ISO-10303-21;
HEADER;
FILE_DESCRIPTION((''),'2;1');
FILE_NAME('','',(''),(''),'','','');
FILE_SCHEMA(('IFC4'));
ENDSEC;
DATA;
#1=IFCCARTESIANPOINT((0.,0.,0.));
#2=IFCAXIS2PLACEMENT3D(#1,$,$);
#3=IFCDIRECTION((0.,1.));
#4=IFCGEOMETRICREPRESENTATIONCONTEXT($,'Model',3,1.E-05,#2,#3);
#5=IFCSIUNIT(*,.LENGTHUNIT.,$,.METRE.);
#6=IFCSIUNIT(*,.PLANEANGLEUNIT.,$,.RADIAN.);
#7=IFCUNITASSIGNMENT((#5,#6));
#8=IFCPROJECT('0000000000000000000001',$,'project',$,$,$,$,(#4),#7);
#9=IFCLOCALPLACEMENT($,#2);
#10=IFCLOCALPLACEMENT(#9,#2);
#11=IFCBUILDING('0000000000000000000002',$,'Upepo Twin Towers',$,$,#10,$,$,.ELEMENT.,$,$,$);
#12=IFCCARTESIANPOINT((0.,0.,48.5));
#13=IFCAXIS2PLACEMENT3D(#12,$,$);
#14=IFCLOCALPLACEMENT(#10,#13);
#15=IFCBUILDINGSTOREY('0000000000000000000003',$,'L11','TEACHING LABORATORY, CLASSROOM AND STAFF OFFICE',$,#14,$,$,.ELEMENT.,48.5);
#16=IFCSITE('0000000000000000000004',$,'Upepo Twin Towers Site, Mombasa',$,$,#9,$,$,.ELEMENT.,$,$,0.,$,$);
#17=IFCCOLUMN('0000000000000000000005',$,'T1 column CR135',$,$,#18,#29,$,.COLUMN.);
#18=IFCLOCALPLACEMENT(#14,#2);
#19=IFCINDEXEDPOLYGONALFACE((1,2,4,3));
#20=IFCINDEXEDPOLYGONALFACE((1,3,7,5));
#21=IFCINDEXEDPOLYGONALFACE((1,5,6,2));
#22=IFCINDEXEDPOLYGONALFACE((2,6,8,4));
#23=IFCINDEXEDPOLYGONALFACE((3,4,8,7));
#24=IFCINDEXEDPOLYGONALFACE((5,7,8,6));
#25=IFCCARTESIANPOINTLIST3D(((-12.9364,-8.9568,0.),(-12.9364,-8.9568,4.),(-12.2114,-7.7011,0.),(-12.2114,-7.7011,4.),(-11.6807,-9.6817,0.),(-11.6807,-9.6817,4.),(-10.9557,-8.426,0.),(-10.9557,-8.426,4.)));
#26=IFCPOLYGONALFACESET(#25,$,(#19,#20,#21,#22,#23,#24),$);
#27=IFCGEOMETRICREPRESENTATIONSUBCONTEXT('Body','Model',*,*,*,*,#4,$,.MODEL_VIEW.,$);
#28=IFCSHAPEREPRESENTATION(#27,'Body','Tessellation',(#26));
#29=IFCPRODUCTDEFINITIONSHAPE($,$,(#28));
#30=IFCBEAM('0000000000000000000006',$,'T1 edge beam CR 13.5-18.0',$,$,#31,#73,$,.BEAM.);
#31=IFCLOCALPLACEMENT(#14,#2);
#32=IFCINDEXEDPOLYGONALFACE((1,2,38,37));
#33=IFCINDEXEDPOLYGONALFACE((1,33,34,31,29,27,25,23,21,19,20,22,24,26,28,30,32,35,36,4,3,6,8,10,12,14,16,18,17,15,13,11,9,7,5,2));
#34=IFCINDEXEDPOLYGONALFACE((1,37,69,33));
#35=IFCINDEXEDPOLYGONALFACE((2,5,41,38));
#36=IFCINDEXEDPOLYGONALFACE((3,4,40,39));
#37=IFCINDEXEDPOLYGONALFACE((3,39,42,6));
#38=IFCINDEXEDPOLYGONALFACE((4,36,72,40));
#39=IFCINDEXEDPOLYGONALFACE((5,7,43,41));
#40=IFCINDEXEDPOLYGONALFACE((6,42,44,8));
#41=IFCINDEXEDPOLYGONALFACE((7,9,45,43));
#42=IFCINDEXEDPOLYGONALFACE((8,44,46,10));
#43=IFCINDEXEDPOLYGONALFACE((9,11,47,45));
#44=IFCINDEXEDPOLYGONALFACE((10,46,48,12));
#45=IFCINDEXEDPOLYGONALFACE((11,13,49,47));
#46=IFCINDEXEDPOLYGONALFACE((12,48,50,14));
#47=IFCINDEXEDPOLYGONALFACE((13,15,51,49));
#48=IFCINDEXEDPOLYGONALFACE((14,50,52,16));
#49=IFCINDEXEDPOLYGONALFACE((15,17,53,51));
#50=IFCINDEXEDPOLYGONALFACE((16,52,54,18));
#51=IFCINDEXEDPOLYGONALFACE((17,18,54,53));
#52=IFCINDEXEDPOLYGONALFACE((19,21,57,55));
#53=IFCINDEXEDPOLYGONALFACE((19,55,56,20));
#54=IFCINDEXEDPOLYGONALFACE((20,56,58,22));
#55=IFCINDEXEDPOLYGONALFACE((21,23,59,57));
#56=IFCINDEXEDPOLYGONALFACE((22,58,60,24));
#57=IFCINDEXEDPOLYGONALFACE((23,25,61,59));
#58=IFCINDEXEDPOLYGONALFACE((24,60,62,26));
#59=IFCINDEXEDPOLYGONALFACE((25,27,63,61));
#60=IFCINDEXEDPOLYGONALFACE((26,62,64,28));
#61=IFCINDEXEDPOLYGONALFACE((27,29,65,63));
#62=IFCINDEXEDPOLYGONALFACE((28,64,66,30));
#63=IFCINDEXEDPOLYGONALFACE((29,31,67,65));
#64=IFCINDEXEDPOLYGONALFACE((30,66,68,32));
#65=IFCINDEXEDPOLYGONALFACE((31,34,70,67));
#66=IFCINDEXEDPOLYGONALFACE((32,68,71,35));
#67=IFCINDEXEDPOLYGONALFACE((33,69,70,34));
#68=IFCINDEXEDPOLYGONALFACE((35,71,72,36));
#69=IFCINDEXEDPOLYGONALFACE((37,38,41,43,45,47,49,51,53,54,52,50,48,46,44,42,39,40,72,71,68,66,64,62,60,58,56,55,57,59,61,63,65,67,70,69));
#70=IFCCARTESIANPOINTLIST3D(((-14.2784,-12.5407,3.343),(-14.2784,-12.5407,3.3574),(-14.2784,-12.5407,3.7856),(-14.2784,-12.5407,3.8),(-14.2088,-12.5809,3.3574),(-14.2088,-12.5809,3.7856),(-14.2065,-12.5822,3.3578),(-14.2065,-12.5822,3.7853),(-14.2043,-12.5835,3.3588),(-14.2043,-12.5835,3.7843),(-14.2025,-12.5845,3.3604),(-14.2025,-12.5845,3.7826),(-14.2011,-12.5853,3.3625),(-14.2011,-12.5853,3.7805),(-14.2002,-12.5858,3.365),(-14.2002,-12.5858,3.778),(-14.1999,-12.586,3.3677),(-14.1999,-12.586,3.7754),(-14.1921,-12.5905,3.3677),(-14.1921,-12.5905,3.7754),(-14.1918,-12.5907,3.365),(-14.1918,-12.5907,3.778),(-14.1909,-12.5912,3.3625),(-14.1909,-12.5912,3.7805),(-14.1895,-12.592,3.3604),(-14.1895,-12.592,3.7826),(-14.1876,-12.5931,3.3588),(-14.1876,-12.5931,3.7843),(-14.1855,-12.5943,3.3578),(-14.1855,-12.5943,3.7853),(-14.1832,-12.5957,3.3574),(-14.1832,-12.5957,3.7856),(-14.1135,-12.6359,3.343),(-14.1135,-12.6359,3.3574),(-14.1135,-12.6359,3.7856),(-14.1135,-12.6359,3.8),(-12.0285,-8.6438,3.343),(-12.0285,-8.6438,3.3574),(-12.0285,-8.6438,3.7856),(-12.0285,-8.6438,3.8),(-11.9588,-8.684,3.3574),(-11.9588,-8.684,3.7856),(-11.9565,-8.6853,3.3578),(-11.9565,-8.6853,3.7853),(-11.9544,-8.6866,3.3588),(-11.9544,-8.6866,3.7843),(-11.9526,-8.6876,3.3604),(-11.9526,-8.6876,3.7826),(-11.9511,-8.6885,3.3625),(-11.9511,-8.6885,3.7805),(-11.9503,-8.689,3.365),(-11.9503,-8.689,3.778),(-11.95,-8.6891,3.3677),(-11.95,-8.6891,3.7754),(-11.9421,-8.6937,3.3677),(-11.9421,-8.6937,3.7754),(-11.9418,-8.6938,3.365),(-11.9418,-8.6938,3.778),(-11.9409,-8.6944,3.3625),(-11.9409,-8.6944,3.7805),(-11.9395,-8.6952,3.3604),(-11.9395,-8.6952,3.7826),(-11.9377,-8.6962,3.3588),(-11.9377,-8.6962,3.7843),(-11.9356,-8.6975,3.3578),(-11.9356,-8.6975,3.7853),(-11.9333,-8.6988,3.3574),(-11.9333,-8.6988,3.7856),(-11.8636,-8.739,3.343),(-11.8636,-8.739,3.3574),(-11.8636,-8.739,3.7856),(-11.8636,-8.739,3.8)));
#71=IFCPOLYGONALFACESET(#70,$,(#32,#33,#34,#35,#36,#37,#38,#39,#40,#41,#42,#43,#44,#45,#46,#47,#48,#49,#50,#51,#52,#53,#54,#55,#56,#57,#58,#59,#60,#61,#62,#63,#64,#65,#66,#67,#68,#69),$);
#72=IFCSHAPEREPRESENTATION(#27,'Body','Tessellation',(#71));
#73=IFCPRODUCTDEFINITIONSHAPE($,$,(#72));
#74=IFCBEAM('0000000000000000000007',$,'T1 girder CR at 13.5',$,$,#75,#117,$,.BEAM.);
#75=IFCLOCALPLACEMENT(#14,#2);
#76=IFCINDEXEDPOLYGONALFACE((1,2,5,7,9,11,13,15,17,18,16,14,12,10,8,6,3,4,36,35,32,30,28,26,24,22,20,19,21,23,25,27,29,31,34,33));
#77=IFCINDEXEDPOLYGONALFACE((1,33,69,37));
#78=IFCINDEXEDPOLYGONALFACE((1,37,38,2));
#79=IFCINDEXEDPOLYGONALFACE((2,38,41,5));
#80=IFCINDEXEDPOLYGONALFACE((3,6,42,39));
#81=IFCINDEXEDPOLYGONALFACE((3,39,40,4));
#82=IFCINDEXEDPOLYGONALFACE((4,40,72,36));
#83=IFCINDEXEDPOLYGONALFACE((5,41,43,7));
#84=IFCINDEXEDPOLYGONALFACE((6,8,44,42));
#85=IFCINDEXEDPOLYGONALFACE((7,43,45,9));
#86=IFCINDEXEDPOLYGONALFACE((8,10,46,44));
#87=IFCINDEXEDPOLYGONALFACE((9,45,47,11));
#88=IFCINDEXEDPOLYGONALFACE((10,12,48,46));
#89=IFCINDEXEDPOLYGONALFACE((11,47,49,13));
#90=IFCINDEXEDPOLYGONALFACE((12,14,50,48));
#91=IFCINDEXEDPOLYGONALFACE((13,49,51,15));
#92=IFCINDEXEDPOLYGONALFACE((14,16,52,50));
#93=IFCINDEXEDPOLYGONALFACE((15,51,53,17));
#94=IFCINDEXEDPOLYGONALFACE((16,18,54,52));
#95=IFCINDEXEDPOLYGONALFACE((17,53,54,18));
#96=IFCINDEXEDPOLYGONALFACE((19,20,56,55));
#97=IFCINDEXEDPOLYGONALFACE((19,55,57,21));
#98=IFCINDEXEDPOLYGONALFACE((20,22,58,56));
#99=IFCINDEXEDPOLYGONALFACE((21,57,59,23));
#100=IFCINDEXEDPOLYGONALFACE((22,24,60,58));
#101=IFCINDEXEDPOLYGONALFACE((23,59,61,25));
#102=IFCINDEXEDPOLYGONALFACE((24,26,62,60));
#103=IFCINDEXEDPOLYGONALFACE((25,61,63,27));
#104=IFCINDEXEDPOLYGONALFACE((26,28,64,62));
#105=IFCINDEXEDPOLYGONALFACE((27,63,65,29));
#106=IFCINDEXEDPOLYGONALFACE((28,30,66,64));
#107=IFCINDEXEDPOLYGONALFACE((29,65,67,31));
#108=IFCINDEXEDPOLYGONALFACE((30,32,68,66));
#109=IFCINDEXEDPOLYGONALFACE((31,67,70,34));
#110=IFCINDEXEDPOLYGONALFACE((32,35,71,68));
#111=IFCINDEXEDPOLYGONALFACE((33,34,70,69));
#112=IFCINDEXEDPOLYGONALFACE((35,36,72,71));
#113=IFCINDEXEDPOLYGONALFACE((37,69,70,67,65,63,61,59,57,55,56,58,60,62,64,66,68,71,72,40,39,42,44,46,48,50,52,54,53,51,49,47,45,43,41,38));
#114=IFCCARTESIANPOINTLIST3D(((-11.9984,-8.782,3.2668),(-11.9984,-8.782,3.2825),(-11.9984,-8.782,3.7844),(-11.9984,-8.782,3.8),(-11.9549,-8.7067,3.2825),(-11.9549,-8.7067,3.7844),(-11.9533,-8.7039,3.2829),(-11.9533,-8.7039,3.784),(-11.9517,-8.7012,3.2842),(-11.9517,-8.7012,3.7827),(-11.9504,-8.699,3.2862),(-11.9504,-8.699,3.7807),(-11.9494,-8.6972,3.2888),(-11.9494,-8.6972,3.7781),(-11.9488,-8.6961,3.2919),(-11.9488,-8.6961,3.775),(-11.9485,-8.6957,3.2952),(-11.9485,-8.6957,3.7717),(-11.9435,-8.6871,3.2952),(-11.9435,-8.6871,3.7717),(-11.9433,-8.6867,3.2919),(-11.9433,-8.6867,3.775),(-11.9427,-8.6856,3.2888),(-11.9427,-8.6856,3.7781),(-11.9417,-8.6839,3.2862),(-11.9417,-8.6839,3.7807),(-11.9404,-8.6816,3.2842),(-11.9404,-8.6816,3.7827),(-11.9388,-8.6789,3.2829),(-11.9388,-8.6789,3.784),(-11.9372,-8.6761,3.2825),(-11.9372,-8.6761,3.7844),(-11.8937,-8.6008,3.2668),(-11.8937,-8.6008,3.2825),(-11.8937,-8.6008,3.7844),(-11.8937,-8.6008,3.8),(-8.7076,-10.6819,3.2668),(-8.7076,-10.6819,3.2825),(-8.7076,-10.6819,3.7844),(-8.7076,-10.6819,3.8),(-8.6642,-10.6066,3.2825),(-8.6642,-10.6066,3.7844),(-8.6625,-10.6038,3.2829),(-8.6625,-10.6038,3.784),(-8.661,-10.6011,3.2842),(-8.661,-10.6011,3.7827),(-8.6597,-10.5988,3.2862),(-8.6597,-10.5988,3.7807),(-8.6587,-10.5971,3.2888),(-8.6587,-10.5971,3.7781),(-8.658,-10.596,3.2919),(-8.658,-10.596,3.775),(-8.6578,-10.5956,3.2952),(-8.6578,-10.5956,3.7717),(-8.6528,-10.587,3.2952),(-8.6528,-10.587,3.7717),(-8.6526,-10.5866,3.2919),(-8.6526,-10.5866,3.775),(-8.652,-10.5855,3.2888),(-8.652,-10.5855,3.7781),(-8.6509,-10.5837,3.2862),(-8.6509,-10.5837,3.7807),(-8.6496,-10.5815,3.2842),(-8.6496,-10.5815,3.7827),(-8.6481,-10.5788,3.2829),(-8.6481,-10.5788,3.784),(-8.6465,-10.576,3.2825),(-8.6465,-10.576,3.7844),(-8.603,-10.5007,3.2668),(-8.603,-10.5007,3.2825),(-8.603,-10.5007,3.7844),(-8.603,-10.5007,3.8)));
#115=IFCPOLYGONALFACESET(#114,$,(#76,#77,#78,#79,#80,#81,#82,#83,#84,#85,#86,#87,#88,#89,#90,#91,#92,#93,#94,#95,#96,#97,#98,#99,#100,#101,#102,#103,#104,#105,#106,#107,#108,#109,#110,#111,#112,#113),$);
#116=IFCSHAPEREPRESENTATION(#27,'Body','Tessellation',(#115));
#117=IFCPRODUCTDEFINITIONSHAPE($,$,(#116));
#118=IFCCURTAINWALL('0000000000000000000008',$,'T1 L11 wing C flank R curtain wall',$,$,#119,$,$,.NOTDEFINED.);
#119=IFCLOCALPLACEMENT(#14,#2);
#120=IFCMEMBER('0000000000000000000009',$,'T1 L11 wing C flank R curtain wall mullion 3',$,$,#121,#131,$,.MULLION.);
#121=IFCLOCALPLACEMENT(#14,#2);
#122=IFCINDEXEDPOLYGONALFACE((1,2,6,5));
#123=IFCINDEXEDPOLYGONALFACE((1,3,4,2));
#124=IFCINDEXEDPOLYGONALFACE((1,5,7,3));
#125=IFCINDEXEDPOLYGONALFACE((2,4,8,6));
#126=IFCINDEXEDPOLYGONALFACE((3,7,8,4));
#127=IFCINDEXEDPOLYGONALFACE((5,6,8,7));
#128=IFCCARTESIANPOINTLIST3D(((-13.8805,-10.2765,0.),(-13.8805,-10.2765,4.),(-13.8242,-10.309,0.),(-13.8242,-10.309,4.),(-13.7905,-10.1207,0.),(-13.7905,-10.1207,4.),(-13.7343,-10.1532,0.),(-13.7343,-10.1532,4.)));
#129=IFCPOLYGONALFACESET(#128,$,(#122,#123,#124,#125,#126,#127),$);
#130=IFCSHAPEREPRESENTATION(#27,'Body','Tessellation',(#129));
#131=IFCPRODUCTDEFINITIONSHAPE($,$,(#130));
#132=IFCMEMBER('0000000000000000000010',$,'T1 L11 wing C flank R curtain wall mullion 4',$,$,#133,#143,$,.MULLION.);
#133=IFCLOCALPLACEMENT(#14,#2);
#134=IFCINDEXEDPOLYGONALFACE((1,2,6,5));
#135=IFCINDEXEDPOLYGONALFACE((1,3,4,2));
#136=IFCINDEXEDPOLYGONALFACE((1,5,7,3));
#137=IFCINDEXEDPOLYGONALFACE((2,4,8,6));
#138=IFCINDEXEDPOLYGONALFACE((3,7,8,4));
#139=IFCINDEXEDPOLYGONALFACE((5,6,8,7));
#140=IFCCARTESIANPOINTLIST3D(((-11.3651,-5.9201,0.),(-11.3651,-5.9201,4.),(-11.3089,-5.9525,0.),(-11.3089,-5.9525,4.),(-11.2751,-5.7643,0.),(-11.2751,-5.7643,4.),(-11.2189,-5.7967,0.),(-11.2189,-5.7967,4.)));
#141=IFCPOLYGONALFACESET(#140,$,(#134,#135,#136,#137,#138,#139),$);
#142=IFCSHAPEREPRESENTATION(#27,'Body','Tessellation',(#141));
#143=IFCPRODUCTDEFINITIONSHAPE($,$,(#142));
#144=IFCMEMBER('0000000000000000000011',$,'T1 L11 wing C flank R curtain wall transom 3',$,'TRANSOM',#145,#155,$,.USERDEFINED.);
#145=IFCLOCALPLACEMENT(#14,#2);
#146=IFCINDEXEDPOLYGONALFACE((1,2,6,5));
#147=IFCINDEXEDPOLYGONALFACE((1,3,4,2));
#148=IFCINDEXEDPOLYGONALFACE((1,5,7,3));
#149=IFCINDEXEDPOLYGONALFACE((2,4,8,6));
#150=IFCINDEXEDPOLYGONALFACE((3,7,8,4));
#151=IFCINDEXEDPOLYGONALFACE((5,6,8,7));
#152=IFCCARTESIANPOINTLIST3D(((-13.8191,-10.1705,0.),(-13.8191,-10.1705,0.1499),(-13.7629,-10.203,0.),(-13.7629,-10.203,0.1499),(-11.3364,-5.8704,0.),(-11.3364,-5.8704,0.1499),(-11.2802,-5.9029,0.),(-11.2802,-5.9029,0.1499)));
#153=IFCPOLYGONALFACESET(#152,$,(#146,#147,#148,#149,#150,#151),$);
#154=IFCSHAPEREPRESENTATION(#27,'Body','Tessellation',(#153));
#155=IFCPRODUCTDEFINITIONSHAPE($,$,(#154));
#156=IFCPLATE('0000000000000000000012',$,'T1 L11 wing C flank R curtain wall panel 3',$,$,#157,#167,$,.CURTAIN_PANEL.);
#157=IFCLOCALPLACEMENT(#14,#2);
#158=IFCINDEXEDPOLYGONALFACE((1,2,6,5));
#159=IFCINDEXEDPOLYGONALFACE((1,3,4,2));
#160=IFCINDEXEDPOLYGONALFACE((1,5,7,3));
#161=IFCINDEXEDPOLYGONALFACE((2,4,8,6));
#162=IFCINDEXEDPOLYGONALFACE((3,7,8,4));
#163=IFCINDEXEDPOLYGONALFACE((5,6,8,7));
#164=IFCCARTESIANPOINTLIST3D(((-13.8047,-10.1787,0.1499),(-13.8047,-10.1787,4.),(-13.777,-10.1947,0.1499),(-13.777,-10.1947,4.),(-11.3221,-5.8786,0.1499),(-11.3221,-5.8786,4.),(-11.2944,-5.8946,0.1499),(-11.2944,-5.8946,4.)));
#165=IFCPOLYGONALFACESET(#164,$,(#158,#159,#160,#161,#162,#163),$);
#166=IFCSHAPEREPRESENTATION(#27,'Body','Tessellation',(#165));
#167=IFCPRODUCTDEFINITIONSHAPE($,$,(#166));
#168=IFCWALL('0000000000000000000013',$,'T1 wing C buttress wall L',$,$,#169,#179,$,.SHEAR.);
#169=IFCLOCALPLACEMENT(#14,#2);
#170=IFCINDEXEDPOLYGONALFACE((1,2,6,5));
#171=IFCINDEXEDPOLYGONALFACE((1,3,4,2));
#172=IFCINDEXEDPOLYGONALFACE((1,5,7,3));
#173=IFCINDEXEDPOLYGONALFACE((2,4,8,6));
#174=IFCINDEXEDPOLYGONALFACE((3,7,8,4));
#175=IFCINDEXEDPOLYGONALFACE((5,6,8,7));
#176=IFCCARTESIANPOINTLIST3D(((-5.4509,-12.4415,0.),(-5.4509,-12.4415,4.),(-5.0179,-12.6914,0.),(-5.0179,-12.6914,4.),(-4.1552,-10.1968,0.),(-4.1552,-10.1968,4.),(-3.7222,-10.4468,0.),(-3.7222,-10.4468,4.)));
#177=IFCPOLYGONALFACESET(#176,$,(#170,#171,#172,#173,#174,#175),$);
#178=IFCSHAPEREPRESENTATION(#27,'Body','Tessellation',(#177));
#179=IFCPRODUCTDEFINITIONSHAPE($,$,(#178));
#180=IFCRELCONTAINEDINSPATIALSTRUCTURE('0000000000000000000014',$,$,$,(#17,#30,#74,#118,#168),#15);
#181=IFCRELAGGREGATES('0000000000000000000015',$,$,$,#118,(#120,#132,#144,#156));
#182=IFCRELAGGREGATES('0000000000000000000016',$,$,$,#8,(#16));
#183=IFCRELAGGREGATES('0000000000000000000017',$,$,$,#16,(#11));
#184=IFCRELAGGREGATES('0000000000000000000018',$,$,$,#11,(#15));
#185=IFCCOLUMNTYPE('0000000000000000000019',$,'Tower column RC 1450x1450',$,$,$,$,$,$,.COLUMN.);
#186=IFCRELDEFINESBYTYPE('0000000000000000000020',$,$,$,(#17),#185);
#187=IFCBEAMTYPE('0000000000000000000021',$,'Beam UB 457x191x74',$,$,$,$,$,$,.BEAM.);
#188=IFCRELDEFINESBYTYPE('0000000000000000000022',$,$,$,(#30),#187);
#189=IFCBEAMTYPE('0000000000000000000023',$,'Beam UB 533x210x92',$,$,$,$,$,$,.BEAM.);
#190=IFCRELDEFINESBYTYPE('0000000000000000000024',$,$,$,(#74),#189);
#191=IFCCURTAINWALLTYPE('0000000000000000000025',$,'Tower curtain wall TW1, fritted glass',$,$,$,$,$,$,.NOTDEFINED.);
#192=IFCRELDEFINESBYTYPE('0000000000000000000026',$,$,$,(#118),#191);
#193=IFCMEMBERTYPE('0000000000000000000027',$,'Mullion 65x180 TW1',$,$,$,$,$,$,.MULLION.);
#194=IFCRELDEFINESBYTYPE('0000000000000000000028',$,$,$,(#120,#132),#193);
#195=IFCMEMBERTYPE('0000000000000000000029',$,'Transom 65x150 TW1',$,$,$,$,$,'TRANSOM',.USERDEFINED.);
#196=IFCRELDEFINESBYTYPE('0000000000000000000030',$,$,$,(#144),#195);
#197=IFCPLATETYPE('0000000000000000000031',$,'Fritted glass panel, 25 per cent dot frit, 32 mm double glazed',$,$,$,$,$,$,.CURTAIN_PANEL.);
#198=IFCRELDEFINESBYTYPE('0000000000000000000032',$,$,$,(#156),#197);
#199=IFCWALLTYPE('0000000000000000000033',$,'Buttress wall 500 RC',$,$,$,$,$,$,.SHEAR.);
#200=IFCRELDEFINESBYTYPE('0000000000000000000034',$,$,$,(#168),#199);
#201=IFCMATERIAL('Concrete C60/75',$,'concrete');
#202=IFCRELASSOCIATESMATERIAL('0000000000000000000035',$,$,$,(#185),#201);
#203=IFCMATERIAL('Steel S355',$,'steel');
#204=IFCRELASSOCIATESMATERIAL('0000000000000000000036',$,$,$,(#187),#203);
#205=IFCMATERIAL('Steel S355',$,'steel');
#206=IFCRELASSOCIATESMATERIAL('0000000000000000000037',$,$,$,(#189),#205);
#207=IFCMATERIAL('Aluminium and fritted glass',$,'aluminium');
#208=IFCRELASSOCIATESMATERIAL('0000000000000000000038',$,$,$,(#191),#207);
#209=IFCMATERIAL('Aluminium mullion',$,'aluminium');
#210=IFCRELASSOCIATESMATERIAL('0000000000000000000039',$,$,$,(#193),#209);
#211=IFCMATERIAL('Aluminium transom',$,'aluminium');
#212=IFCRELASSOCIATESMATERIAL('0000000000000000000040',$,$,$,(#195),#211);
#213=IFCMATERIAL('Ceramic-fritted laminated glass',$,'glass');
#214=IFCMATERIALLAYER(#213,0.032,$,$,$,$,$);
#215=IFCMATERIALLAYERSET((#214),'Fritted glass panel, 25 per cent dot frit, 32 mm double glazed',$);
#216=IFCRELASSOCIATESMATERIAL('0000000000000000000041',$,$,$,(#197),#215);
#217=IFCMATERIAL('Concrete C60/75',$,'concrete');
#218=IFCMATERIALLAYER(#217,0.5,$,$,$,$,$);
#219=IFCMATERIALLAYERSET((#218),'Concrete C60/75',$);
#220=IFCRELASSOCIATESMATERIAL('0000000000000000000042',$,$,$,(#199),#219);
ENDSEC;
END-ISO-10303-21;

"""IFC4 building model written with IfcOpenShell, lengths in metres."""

from ifc_helpers import new_model, si_unit, direction, frame, frame_2d, origin, origin_2d, place, context, subcontext, project, spatial, rectangle, i_section, extrude, material, layer, layer_set, material_profile, profile_set, type_object, element, aggregate, save


model = new_model("IFC4")

# Units and contexts
model_context = context("Model", 3, precision=1e-05, world=origin(), true_north=direction((0.0, 1.0)))
body_context = subcontext(model_context, "Body", "Model", "MODEL_VIEW")
ifc_project = project(units=[si_unit("LENGTHUNIT", "METRE"), si_unit("PLANEANGLEUNIT", "RADIAN")], contexts=[model_context])

# Site, building, storey
site_placement = place(None, origin())
site = spatial("IfcSite", under=ifc_project, at=site_placement, Name="Upepo Twin Towers Site, Mombasa", CompositionType="ELEMENT", RefElevation=0.0)
building_placement = place(site_placement, origin())
building = spatial("IfcBuilding", under=site, at=building_placement, Name="Upepo Twin Towers", CompositionType="ELEMENT")
storey_placement = place(building_placement, frame((0.0, 0.0, 48.5)))
storey = spatial("IfcBuildingStorey", under=building, at=storey_placement, Name="L11", Description="TEACHING LABORATORY, CLASSROOM AND STAFF OFFICE", CompositionType="ELEMENT", Elevation=48.5)

# Column
ifc_material_1 = material(Name="Concrete C60/75", Category="concrete")
ifc_material_profile_1 = material_profile(ifc_material_1, rectangle(XDim=1.45, YDim=1.45, at=origin_2d()), Name="RC 1450x1450")
ifc_profile_set_1 = profile_set([ifc_material_profile_1], Name="Concrete C60/75")
column_type = type_object("IfcColumnType", Name="Tower column RC 1450x1450", PredefinedType="COLUMN", material=ifc_profile_set_1)
column_placement = place(storey_placement, frame((-11.946, -8.6914, 0.0), z_axis=(0.0, 0.0, 1.0), x_axis=(0.5, 0.866025, 0.0)))
element("IfcColumn", 1, at=column_placement, inside=storey, type_object=column_type, Name="T1 column CR135", PredefinedType="COLUMN", context=body_context, shape_type="SweptSolid", body=[
    extrude(rectangle(XDim=1.45, YDim=1.45, at=origin_2d()), origin(), (0.0, 0.0, 1.0), 4.0),
])

# Beams
ifc_material_2 = material(Name="Steel S355", Category="steel")
ifc_material_profile_2 = material_profile(ifc_material_2, i_section(OverallWidth=0.1904, OverallDepth=0.457, WebThickness=0.009, FlangeThickness=0.0144, FilletRadius=0.0103, at=origin_2d()), Name="UB 457x191x74")
ifc_profile_set_2 = profile_set([ifc_material_profile_2], Name="Steel S355")
beam_type_1 = type_object("IfcBeamType", Name="Beam UB 457x191x74", PredefinedType="BEAM", material=ifc_profile_set_2)
beam_1_placement = place(storey_placement, frame((-11.946, -8.6914, 3.5715), z_axis=(-0.500014, -0.866018, 0.0), x_axis=(0.866018, -0.500014, 0.0)))
element("IfcBeam", 2, at=beam_1_placement, inside=storey, type_object=beam_type_1, Name="T1 edge beam CR 13.5-18.0", PredefinedType="BEAM", context=body_context, shape_type="SweptSolid", body=[
    extrude(i_section(OverallWidth=0.1904, OverallDepth=0.457, WebThickness=0.009, FlangeThickness=0.0144, FilletRadius=0.0103, at=origin_2d()), origin(), (0.0, 0.0, 1.0), 4.4998),
])
ifc_material_3 = material(Name="Steel S355", Category="steel")
ifc_material_profile_3 = material_profile(ifc_material_3, i_section(OverallWidth=0.2092, OverallDepth=0.5332, WebThickness=0.01, FlangeThickness=0.0156, FilletRadius=0.0127, at=origin_2d()), Name="UB 533x210x92")
ifc_profile_set_3 = profile_set([ifc_material_profile_3], Name="Steel S355")
beam_type_2 = type_object("IfcBeamType", Name="Beam UB 533x210x92", PredefinedType="BEAM", material=ifc_profile_set_3)
beam_2_placement = place(storey_placement, frame((-11.946, -8.6914, 3.5334), z_axis=(0.866028, -0.499995, 0.0), x_axis=(0.499995, 0.866028, 0.0)))
element("IfcBeam", 3, at=beam_2_placement, inside=storey, type_object=beam_type_2, Name="T1 girder CR at 13.5", PredefinedType="BEAM", context=body_context, shape_type="SweptSolid", body=[
    extrude(i_section(OverallWidth=0.2092, OverallDepth=0.5332, WebThickness=0.01, FlangeThickness=0.0156, FilletRadius=0.0127, at=origin_2d()), origin(), (0.0, 0.0, 1.0), 3.7998),
])

# Curtain wall, members, plate
ifc_material_4 = material(Name="Aluminium and fritted glass", Category="aluminium")
curtain_wall_type = type_object("IfcCurtainWallType", Name="Tower curtain wall TW1, fritted glass", PredefinedType="NOTDEFINED", material=ifc_material_4)
curtain_wall_placement = place(storey_placement, origin())
curtain_wall = element("IfcCurtainWall", 4, at=curtain_wall_placement, inside=storey, type_object=curtain_wall_type, Name="T1 L11 wing C flank R curtain wall", PredefinedType="NOTDEFINED")
ifc_material_5 = material(Name="Aluminium mullion", Category="aluminium")
ifc_material_profile_4 = material_profile(ifc_material_5, rectangle(XDim=0.0649, YDim=0.1799, at=origin_2d()), Name="MULLION 65x180")
ifc_profile_set_4 = profile_set([ifc_material_profile_4], Name="Aluminium mullion")
member_type_1 = type_object("IfcMemberType", Name="Mullion 65x180 TW1", PredefinedType="MULLION", material=ifc_profile_set_4)
member_1_placement = place(storey_placement, frame((-13.8074, -10.2148, 0.0), z_axis=(0.0, 0.0, 1.0), x_axis=(-0.866025, 0.5, 0.0)))
member_1 = element("IfcMember", 5, at=member_1_placement, type_object=member_type_1, Name="T1 L11 wing C flank R curtain wall mullion 3", PredefinedType="MULLION", context=body_context, shape_type="SweptSolid", body=[
    extrude(rectangle(XDim=0.0649, YDim=0.1799, at=origin_2d()), origin(), (0.0, 0.0, 1.0), 4.0),
])
member_2_placement = place(storey_placement, frame((-11.292, -5.8584, 0.0), z_axis=(0.0, 0.0, 1.0), x_axis=(-0.866025, 0.5, 0.0)))
member_2 = element("IfcMember", 6, at=member_2_placement, type_object=member_type_1, Name="T1 L11 wing C flank R curtain wall mullion 4", PredefinedType="MULLION", context=body_context, shape_type="SweptSolid", body=[
    extrude(rectangle(XDim=0.0649, YDim=0.1799, at=origin_2d()), origin(), (0.0, 0.0, 1.0), 4.0),
])
ifc_material_6 = material(Name="Aluminium transom", Category="aluminium")
ifc_material_profile_5 = material_profile(ifc_material_6, rectangle(XDim=0.0649, YDim=0.1499, at=origin_2d()), Name="TRANSOM 65x150")
ifc_profile_set_5 = profile_set([ifc_material_profile_5], Name="Aluminium transom")
member_type_2 = type_object("IfcMemberType", Name="Transom 65x150 TW1", ElementType="TRANSOM", PredefinedType="USERDEFINED", material=ifc_profile_set_5)
member_3_placement = place(storey_placement, frame((-13.791, -10.1868, 0.075), z_axis=(0.500005, 0.866023, 0.0), x_axis=(-0.866023, 0.500005, 0.0)))
member_3 = element("IfcMember", 7, at=member_3_placement, type_object=member_type_2, Name="T1 L11 wing C flank R curtain wall transom 3", ObjectType="TRANSOM", PredefinedType="USERDEFINED", context=body_context, shape_type="SweptSolid", body=[
    extrude(rectangle(XDim=0.0649, YDim=0.1499, at=origin_2d()), origin(), (0.0, 0.0, 1.0), 4.9653),
])
ifc_material_7 = material(Name="Ceramic-fritted laminated glass", Category="glass")
ifc_layer_1 = layer(ifc_material_7, 0.032)
ifc_layer_set_1 = layer_set([ifc_layer_1], Name="Fritted glass panel, 25 per cent dot frit, 32 mm double glazed")
plate_type = type_object("IfcPlateType", Name="Fritted glass panel, 25 per cent dot frit, 32 mm double glazed", PredefinedType="CURTAIN_PANEL", material=ifc_layer_set_1)
plate_placement = place(storey_placement, frame((-12.5496, -8.0366, 0.1499), z_axis=(0.0, 0.0, 1.0), x_axis=(0.5, 0.866025, 0.0)))
plate = element("IfcPlate", 8, at=plate_placement, type_object=plate_type, Name="T1 L11 wing C flank R curtain wall panel 3", PredefinedType="CURTAIN_PANEL", context=body_context, shape_type="SweptSolid", body=[
    extrude(rectangle(XDim=4.9653, YDim=0.032, at=origin_2d()), origin(), (0.0, 0.0, 1.0), 3.8501),
])
aggregate(curtain_wall, [member_1, member_2, member_3, plate])

# Wall
ifc_material_8 = material(Name="Concrete C60/75", Category="concrete")
ifc_layer_2 = layer(ifc_material_8, 0.5)
ifc_layer_set_2 = layer_set([ifc_layer_2], Name="Concrete C60/75")
wall_type_1 = type_object("IfcWallType", Name="Buttress wall 500 RC", PredefinedType="SHEAR", material=ifc_layer_set_2)
for number, where, z_axis, x_axis, name in (
    (9, (-3.9387, -10.3218, 0.0), (0.0, 0.0, 1.0), (-0.499918, -0.866073, 0.0), "T1 wing C buttress wall L"),
):
    element("IfcWall", number, at=place(storey_placement, frame(where, z_axis=z_axis, x_axis=x_axis)), inside=storey, type_object=wall_type_1, Name=name, PredefinedType="SHEAR", context=body_context, shape_type="SweptSolid", body=[
        extrude(rectangle(XDim=2.5918, YDim=0.5, at=frame_2d((1.2959, 0.0))), origin(), (0.0, 0.0, 1.0), 4.0),
    ])

save(model, "model.ifc")
